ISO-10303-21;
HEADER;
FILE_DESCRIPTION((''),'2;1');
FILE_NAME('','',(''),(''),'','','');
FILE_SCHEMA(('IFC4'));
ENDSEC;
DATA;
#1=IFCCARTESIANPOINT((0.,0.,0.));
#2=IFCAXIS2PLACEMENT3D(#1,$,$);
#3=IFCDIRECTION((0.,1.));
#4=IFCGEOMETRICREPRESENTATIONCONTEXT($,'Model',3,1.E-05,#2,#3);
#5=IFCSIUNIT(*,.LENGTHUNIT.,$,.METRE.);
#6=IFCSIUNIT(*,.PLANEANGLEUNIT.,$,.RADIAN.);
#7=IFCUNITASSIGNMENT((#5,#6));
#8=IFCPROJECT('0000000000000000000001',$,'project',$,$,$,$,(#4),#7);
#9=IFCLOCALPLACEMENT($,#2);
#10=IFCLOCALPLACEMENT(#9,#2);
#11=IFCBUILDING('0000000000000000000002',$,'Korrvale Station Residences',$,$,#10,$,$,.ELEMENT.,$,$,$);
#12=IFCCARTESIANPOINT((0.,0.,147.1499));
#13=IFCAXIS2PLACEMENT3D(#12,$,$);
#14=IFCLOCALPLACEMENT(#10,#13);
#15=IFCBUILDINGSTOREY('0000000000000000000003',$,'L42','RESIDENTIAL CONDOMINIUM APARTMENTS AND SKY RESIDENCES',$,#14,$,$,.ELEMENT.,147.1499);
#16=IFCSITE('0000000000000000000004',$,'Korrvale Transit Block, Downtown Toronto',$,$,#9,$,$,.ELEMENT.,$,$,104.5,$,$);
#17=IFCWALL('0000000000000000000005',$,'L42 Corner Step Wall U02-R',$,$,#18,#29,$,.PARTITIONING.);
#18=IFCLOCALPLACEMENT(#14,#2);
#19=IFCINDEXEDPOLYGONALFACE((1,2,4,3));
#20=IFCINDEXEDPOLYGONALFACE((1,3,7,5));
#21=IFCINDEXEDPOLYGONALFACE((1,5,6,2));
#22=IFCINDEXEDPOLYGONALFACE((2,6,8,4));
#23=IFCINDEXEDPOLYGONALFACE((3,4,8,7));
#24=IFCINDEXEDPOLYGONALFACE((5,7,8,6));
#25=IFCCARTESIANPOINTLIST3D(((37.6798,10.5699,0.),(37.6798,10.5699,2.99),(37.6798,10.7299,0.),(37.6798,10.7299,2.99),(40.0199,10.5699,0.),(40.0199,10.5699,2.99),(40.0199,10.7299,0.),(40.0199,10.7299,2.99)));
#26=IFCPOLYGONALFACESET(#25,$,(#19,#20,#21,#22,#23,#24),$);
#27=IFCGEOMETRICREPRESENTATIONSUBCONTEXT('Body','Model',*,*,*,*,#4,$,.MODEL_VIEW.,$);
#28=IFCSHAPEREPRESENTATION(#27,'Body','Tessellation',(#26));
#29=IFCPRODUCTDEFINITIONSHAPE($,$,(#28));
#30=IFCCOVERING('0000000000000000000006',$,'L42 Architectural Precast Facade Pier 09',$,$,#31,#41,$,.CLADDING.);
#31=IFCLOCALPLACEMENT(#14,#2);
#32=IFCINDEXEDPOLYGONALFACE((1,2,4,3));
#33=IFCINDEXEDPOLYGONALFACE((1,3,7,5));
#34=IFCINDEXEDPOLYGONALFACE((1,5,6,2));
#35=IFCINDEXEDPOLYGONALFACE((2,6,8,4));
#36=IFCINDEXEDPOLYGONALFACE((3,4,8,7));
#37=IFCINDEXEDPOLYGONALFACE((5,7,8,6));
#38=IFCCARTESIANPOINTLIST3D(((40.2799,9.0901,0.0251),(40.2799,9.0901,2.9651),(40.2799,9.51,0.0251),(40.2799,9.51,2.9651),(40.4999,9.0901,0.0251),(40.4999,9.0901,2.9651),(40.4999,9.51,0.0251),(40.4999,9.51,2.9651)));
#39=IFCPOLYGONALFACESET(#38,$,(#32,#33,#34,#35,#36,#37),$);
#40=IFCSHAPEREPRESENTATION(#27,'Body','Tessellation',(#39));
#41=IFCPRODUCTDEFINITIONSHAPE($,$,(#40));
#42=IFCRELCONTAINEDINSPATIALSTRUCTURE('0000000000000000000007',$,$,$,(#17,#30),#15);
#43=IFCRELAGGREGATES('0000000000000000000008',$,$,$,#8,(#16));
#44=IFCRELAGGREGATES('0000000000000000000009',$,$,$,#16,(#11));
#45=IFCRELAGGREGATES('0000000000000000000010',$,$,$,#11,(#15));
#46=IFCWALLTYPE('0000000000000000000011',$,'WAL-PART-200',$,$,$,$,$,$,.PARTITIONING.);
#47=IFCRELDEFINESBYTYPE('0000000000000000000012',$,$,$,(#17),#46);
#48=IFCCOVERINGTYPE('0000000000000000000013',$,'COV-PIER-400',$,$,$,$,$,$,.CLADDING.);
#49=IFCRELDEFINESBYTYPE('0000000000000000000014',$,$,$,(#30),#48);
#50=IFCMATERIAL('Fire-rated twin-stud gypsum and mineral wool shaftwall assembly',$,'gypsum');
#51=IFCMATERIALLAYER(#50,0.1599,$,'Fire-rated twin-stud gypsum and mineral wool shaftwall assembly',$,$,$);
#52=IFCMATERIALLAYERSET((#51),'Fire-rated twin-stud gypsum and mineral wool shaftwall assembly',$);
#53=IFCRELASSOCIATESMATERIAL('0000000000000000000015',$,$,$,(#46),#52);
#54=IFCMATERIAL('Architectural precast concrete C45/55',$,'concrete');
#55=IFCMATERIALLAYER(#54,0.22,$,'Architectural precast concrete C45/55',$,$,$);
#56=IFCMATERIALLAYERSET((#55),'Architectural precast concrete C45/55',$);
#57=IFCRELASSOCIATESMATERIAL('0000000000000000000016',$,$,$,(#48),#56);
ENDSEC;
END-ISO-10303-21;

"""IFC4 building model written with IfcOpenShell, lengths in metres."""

from ifc_helpers import new_model, si_unit, direction, frame, frame_2d, origin, origin_2d, place, context, subcontext, project, spatial, rectangle, extrude, material, layer, layer_set, type_object, element, save


model = new_model("IFC4")

# Units and contexts
model_context = context("Model", 3, precision=1e-05, world=origin(), true_north=direction((0.0, 1.0)))
body_context = subcontext(model_context, "Body", "Model", "MODEL_VIEW")
ifc_project = project(units=[si_unit("LENGTHUNIT", "METRE"), si_unit("PLANEANGLEUNIT", "RADIAN")], contexts=[model_context])

# Site, building, storey
site_placement = place(None, origin())
site = spatial("IfcSite", under=ifc_project, at=site_placement, Name="Korrvale Transit Block, Downtown Toronto", CompositionType="ELEMENT", RefElevation=104.5)
building_placement = place(site_placement, origin())
building = spatial("IfcBuilding", under=site, at=building_placement, Name="Korrvale Station Residences", CompositionType="ELEMENT")
storey_placement = place(building_placement, frame((0.0, 0.0, 147.1499)))
storey = spatial("IfcBuildingStorey", under=building, at=storey_placement, Name="L42", Description="RESIDENTIAL CONDOMINIUM APARTMENTS AND SKY RESIDENCES", CompositionType="ELEMENT", Elevation=147.1499)

# Wall
ifc_material_1 = material(Name="Fire-rated twin-stud gypsum and mineral wool shaftwall assembly", Category="gypsum")
ifc_layer_1 = layer(ifc_material_1, 0.1599, Name="Fire-rated twin-stud gypsum and mineral wool shaftwall assembly")
ifc_layer_set_1 = layer_set([ifc_layer_1], Name="Fire-rated twin-stud gypsum and mineral wool shaftwall assembly")
wall_type_1 = type_object("IfcWallType", Name="WAL-PART-200", PredefinedType="PARTITIONING", material=ifc_layer_set_1)
wall_1_placement = place(storey_placement, frame((37.6799, 10.6499, 0.0), z_axis=(0.0, 0.0, 1.0), x_axis=(1.0, 0.0, 0.0)))
element("IfcWall", 1, at=wall_1_placement, inside=storey, type_object=wall_type_1, Name="L42 Corner Step Wall U02-R", PredefinedType="PARTITIONING", context=body_context, shape_type="SweptSolid", body=[
    extrude(rectangle(XDim=2.3401, YDim=0.1599, at=frame_2d((1.1699, 0.0))), origin(), (0.0, 0.0, 1.0), 2.99),
])

# Covering
ifc_material_2 = material(Name="Architectural precast concrete C45/55", Category="concrete")
ifc_layer_2 = layer(ifc_material_2, 0.22, Name="Architectural precast concrete C45/55")
ifc_layer_set_2 = layer_set([ifc_layer_2], Name="Architectural precast concrete C45/55")
covering_type = type_object("IfcCoveringType", Name="COV-PIER-400", PredefinedType="CLADDING", material=ifc_layer_set_2)
covering_placement = place(storey_placement, frame((40.3899, 9.3, 0.0251), z_axis=(0.0, 0.0, 1.0), x_axis=(0.0, 1.0, 0.0)))
element("IfcCovering", 2, at=covering_placement, inside=storey, type_object=covering_type, Name="L42 Architectural Precast Facade Pier 09", PredefinedType="CLADDING", context=body_context, shape_type="SweptSolid", body=[
    extrude(rectangle(XDim=0.4199, YDim=0.22, at=origin_2d()), origin(), (0.0, 0.0, 1.0), 2.9399),
])

save(model, "model.ifc")
